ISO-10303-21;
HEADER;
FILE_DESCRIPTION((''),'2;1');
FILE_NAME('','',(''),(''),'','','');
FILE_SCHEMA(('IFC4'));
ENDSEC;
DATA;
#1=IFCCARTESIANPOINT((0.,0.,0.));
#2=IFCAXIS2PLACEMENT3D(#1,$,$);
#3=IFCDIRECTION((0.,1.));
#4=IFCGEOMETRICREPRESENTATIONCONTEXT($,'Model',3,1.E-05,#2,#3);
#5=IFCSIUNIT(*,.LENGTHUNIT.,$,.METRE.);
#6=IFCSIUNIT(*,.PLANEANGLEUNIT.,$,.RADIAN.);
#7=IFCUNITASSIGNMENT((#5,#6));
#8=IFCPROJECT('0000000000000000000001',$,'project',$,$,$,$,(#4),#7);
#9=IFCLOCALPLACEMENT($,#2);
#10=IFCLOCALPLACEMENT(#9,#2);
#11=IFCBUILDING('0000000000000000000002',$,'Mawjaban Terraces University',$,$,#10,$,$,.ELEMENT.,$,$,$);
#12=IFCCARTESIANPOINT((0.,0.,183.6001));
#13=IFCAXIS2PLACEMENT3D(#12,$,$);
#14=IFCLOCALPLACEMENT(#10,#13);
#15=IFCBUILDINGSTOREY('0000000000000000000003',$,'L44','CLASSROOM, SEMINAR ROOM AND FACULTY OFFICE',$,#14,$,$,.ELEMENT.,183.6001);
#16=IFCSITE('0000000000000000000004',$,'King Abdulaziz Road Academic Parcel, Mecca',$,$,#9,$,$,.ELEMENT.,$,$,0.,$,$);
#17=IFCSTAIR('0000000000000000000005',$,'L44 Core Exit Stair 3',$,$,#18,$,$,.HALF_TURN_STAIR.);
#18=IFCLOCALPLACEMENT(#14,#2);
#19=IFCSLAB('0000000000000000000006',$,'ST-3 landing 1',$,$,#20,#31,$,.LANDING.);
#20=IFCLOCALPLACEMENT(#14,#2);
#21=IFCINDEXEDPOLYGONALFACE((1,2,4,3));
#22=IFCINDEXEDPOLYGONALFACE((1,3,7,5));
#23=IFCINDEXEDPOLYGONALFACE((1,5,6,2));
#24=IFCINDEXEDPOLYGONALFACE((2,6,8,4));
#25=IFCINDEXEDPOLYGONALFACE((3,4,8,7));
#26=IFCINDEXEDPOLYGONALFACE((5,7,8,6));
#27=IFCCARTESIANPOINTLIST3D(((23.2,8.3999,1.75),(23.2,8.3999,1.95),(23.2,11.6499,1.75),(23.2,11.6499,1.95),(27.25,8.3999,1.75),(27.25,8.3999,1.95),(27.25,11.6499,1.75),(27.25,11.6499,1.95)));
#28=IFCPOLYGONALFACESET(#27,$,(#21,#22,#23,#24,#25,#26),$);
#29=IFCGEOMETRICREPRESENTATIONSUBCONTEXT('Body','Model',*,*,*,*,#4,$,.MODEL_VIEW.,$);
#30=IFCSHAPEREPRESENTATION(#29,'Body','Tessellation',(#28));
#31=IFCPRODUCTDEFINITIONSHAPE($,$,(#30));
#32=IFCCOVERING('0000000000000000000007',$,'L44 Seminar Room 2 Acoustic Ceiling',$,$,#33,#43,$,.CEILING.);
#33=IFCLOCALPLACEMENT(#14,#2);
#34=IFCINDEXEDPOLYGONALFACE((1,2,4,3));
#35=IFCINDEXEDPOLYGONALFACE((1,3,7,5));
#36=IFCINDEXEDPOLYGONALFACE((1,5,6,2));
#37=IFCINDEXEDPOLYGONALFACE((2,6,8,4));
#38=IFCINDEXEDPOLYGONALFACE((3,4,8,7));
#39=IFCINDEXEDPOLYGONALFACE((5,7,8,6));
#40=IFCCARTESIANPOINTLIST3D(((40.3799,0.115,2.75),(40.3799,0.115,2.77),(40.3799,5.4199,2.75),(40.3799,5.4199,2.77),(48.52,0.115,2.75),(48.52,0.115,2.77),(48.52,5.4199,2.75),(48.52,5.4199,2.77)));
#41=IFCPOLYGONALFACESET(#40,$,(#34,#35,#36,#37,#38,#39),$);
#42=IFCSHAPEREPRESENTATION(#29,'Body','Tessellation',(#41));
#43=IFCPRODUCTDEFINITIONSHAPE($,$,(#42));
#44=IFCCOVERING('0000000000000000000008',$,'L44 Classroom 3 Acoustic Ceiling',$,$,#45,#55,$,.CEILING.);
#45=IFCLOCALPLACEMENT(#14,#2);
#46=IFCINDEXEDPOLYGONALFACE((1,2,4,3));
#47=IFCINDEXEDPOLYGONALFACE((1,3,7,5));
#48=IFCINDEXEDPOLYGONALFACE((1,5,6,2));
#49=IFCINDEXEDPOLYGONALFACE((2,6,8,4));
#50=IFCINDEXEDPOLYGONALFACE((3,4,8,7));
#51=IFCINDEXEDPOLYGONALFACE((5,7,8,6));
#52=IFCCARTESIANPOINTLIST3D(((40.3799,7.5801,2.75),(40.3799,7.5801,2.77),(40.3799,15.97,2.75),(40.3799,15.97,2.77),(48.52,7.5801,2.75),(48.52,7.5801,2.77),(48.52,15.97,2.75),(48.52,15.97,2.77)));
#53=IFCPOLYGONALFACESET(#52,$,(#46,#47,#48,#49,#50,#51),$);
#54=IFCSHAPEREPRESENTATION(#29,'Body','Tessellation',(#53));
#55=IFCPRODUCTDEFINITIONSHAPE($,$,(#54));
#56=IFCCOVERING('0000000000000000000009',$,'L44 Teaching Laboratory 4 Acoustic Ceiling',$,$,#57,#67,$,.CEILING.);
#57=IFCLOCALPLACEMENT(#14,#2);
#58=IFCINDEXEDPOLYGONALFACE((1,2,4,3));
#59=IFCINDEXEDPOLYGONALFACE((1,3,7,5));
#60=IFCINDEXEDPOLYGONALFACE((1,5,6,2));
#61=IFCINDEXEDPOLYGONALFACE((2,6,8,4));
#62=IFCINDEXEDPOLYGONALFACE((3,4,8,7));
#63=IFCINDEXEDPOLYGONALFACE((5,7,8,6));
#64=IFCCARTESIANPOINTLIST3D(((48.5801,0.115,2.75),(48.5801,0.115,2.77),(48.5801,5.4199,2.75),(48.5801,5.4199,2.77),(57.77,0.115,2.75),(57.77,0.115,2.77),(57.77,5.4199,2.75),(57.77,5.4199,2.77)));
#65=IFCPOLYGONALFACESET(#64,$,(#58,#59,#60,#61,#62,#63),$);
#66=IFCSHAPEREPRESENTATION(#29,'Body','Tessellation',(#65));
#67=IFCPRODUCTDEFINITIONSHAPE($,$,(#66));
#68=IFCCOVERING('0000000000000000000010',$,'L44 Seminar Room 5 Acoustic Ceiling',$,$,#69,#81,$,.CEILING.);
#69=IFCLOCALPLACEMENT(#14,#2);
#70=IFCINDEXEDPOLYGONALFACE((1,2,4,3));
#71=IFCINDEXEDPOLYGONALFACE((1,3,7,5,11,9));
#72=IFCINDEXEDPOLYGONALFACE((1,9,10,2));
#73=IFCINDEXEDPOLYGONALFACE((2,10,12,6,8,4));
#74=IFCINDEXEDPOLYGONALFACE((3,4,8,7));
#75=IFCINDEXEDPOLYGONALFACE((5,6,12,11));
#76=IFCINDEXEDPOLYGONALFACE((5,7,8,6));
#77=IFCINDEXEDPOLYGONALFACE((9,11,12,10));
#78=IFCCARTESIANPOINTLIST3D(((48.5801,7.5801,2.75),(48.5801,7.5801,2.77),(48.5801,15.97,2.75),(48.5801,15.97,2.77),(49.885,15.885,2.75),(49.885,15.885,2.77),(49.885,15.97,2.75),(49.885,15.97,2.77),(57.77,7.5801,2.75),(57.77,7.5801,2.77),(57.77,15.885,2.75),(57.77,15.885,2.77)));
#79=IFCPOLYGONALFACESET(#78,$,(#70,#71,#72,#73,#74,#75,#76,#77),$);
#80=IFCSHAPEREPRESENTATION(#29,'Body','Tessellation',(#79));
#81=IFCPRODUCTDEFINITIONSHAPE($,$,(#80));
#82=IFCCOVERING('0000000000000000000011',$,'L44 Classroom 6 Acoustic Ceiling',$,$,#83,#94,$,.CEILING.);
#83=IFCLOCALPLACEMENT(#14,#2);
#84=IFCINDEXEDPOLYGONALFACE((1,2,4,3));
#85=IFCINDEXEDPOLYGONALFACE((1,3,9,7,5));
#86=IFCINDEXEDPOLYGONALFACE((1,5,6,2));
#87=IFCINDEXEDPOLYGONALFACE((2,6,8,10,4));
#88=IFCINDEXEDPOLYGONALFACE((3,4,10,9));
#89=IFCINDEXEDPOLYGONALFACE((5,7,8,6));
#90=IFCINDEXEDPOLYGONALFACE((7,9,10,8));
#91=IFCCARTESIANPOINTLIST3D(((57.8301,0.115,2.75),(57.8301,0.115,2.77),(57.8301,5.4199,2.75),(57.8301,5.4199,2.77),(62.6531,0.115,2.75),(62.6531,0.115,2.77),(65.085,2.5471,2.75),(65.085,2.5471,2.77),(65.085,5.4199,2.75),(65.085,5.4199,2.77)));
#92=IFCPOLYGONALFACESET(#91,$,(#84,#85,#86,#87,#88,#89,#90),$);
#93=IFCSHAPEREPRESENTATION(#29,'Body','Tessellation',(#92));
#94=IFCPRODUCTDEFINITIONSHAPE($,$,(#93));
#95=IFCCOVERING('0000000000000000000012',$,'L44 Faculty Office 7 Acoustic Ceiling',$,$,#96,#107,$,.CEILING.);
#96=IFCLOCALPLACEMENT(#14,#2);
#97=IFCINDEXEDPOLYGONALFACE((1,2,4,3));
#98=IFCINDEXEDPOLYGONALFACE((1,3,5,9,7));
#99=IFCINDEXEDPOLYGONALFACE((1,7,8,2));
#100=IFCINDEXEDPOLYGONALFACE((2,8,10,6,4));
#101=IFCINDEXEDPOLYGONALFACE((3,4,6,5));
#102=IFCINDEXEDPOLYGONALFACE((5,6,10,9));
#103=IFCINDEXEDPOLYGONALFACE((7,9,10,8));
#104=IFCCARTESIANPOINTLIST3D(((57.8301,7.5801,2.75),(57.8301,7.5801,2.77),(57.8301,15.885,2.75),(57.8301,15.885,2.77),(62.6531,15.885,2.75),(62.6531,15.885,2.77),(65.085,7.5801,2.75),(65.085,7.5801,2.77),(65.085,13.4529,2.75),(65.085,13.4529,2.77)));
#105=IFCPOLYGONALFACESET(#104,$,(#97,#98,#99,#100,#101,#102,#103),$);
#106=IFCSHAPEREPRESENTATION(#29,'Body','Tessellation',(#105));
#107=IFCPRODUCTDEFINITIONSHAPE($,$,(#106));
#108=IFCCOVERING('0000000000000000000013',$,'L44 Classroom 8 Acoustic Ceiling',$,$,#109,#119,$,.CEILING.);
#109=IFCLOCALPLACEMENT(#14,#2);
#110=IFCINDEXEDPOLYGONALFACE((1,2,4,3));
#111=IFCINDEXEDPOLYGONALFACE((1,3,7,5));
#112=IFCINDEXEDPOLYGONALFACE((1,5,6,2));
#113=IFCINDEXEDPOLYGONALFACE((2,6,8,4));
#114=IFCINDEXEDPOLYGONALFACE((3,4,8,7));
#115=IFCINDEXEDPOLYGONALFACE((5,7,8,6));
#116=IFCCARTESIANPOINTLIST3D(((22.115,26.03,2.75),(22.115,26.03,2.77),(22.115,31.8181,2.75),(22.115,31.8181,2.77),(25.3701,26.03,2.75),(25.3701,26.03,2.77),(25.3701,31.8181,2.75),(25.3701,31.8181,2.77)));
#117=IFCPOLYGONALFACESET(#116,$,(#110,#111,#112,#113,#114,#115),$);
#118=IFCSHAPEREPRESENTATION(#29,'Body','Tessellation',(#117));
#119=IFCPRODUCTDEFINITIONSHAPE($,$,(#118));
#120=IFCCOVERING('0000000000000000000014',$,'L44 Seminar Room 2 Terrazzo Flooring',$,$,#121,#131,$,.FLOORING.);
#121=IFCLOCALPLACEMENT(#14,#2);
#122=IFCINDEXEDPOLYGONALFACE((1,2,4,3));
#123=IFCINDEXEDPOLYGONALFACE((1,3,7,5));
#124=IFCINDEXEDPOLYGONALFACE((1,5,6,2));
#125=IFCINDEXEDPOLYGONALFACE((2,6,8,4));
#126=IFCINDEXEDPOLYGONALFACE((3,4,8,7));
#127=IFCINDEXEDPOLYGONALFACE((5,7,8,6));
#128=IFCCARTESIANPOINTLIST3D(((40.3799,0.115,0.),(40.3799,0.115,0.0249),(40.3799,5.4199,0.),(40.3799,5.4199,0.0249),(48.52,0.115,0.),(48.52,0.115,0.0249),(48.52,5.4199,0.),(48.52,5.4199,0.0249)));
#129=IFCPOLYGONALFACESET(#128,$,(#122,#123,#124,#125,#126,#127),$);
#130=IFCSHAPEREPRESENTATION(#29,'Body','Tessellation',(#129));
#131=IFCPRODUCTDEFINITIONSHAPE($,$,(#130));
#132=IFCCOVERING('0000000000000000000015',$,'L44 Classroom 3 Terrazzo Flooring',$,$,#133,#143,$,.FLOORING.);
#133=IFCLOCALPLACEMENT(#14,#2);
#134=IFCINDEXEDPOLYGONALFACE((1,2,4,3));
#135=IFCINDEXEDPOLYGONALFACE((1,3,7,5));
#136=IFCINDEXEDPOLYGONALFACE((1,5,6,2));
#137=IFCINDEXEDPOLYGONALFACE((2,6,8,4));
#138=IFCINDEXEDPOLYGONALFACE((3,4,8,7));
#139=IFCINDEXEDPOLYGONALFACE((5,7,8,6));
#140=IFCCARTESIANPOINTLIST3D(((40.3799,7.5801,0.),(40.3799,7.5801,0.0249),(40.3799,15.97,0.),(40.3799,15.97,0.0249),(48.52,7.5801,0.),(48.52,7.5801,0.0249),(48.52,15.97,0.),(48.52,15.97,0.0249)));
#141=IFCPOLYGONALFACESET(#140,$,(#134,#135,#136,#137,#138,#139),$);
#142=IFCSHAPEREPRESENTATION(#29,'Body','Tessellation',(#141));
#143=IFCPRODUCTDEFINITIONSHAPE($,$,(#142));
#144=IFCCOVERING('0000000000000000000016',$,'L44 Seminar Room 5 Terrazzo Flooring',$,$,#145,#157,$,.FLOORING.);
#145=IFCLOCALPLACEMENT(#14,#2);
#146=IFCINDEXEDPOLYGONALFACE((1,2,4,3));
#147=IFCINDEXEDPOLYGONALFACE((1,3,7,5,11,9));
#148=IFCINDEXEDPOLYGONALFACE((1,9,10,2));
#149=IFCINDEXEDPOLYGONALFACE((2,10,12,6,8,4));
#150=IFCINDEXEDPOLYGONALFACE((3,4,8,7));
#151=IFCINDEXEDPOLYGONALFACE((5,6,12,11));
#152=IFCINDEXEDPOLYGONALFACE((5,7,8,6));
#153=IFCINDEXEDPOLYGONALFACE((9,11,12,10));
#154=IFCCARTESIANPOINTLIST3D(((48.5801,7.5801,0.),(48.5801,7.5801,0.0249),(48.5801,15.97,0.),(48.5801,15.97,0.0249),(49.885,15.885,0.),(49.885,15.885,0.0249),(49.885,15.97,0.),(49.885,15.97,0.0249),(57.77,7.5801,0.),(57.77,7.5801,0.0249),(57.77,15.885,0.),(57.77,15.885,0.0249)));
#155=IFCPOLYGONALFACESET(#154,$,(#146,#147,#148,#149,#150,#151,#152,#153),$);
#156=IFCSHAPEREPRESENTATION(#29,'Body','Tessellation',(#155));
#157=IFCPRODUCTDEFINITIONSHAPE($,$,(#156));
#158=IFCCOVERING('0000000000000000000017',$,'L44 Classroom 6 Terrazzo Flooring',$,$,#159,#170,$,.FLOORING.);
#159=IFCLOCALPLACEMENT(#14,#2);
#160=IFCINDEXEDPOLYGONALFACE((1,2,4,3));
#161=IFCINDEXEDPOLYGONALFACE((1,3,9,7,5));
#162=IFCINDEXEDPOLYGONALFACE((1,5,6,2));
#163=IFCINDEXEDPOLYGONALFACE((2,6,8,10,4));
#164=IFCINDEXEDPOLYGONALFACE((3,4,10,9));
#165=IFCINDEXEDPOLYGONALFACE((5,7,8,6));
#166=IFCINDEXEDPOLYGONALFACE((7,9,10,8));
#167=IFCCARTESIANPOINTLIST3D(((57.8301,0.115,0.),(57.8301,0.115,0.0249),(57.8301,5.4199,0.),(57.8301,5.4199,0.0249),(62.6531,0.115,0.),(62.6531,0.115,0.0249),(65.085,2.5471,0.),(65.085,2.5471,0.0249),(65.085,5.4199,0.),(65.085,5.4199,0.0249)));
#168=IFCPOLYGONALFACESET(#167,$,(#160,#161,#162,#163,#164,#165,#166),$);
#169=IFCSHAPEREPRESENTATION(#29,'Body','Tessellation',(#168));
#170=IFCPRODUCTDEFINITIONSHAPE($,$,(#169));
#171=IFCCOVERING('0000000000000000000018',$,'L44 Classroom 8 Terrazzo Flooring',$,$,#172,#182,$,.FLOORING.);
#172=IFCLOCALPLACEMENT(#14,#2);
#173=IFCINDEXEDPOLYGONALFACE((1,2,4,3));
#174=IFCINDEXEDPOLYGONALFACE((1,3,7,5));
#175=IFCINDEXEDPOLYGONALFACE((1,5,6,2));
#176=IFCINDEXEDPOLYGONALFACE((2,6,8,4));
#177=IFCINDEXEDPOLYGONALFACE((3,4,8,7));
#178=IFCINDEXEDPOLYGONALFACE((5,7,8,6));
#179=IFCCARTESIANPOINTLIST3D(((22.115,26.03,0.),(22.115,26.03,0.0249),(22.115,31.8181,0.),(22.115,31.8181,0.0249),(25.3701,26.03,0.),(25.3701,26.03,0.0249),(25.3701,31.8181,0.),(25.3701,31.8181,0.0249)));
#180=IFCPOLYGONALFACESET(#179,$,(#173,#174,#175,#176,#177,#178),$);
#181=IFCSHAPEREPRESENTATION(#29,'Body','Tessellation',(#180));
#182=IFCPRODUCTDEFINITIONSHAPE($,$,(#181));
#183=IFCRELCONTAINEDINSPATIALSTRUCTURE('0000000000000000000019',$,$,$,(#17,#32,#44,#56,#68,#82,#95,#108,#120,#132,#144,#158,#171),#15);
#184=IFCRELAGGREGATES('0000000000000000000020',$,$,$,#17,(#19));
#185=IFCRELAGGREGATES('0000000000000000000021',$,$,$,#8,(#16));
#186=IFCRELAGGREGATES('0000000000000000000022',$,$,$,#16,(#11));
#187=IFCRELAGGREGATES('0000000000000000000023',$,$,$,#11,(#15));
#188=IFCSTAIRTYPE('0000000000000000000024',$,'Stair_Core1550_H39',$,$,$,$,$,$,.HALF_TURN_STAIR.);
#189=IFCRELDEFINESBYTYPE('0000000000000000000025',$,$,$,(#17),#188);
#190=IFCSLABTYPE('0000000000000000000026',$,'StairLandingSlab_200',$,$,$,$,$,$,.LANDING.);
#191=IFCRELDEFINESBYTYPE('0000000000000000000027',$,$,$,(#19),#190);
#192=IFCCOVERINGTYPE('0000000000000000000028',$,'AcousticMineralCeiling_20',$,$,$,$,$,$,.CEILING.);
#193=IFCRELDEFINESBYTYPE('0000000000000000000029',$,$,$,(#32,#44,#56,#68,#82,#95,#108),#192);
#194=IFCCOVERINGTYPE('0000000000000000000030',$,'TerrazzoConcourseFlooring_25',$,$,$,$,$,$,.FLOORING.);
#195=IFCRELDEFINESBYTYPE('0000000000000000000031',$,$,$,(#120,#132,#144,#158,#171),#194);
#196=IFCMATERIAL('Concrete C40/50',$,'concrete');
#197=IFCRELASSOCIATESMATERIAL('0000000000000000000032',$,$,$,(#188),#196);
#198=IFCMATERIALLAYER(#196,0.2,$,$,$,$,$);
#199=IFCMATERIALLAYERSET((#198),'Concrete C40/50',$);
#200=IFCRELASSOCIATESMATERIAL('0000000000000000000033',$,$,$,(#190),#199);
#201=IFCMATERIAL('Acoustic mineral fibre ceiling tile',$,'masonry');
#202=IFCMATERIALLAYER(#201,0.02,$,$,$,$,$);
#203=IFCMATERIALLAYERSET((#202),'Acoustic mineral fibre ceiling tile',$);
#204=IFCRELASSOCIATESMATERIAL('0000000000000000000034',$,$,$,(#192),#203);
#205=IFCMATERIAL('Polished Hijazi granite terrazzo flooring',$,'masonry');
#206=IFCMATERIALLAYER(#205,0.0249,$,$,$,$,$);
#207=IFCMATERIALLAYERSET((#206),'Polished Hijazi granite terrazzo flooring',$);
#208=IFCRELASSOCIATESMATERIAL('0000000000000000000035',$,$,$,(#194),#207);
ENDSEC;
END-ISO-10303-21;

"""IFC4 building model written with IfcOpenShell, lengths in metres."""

from ifc_helpers import new_model, si_unit, direction, frame, origin, place, context, subcontext, project, spatial, polyline, outline, extrude, material, layer, layer_set, type_object, element, aggregate, save


model = new_model("IFC4")

# Units and contexts
model_context = context("Model", 3, precision=1e-05, world=origin(), true_north=direction((0.0, 1.0)))
body_context = subcontext(model_context, "Body", "Model", "MODEL_VIEW")
ifc_project = project(units=[si_unit("LENGTHUNIT", "METRE"), si_unit("PLANEANGLEUNIT", "RADIAN")], contexts=[model_context])

# Site, building, storey
site_placement = place(None, origin())
site = spatial("IfcSite", under=ifc_project, at=site_placement, Name="King Abdulaziz Road Academic Parcel, Mecca", CompositionType="ELEMENT", RefElevation=0.0)
building_placement = place(site_placement, origin())
building = spatial("IfcBuilding", under=site, at=building_placement, Name="Mawjaban Terraces University", CompositionType="ELEMENT")
storey_placement = place(building_placement, frame((0.0, 0.0, 183.6001)))
storey = spatial("IfcBuildingStorey", under=building, at=storey_placement, Name="L44", Description="CLASSROOM, SEMINAR ROOM AND FACULTY OFFICE", CompositionType="ELEMENT", Elevation=183.6001)

# Shared definitions
ifc_material_1 = material(Name="Concrete C40/50", Category="concrete")

# Stair, slab
stair_type = type_object("IfcStairType", Name="Stair_Core1550_H39", PredefinedType="HALF_TURN_STAIR", material=ifc_material_1)
ifc_layer_1 = layer(ifc_material_1, 0.2)
ifc_layer_set_1 = layer_set([ifc_layer_1], Name="Concrete C40/50")
slab_type_1 = type_object("IfcSlabType", Name="StairLandingSlab_200", PredefinedType="LANDING", material=ifc_layer_set_1)
stair_1_placement = place(storey_placement, origin())
stair_1 = element("IfcStair", 1, at=stair_1_placement, inside=storey, type_object=stair_type, Name="L44 Core Exit Stair 3", PredefinedType="HALF_TURN_STAIR")
slab_1_placement = place(storey_placement, frame((0.0, 0.0, 1.75)))
slab_1 = element("IfcSlab", 2, at=slab_1_placement, type_object=slab_type_1, Name="ST-3 landing 1", PredefinedType="LANDING", context=body_context, shape_type="SweptSolid", body=[
    extrude(outline(polyline([(27.25, 11.6499), (23.2, 11.6499), (23.2, 8.3999), (27.25, 8.3999), (27.25, 11.6499)])), origin(), (0.0, 0.0, 1.0), 0.2),
])
aggregate(stair_1, [slab_1])

# Coverings
ifc_material_2 = material(Name="Acoustic mineral fibre ceiling tile", Category="masonry")
ifc_layer_2 = layer(ifc_material_2, 0.02)
ifc_layer_set_2 = layer_set([ifc_layer_2], Name="Acoustic mineral fibre ceiling tile")
covering_type_1 = type_object("IfcCoveringType", Name="AcousticMineralCeiling_20", PredefinedType="CEILING", material=ifc_layer_set_2)
covering_1_placement = place(storey_placement, frame((0.0, 0.0, 2.75)))
element("IfcCovering", 3, at=covering_1_placement, inside=storey, type_object=covering_type_1, Name="L44 Seminar Room 2 Acoustic Ceiling", PredefinedType="CEILING", context=body_context, shape_type="SweptSolid", body=[
    extrude(outline(polyline([(40.3799, 0.115), (48.52, 0.115), (48.52, 5.4199), (40.3799, 5.4199), (40.3799, 0.115)])), origin(), (0.0, 0.0, 1.0), 0.02),
])
covering_2_placement = place(storey_placement, frame((0.0, 0.0, 2.75)))
element("IfcCovering", 4, at=covering_2_placement, inside=storey, type_object=covering_type_1, Name="L44 Classroom 3 Acoustic Ceiling", PredefinedType="CEILING", context=body_context, shape_type="SweptSolid", body=[
    extrude(outline(polyline([(48.52, 7.5801), (48.52, 15.97), (40.3799, 15.97), (40.3799, 7.5801), (48.52, 7.5801)])), origin(), (0.0, 0.0, 1.0), 0.02),
])
covering_3_placement = place(storey_placement, frame((0.0, 0.0, 2.75)))
element("IfcCovering", 5, at=covering_3_placement, inside=storey, type_object=covering_type_1, Name="L44 Teaching Laboratory 4 Acoustic Ceiling", PredefinedType="CEILING", context=body_context, shape_type="SweptSolid", body=[
    extrude(outline(polyline([(48.5801, 0.115), (57.77, 0.115), (57.77, 5.4199), (48.5801, 5.4199), (48.5801, 0.115)])), origin(), (0.0, 0.0, 1.0), 0.02),
])
covering_4_placement = place(storey_placement, frame((0.0, 0.0, 2.75)))
element("IfcCovering", 6, at=covering_4_placement, inside=storey, type_object=covering_type_1, Name="L44 Seminar Room 5 Acoustic Ceiling", PredefinedType="CEILING", context=body_context, shape_type="SweptSolid", body=[
    extrude(outline(polyline([(57.77, 15.885), (49.885, 15.885), (49.885, 15.97), (48.5801, 15.97), (48.5801, 7.5801), (57.77, 7.5801), (57.77, 15.885)])), origin(), (0.0, 0.0, 1.0), 0.02),
])
covering_5_placement = place(storey_placement, frame((0.0, 0.0, 2.75)))
element("IfcCovering", 7, at=covering_5_placement, inside=storey, type_object=covering_type_1, Name="L44 Classroom 6 Acoustic Ceiling", PredefinedType="CEILING", context=body_context, shape_type="SweptSolid", body=[
    extrude(outline(polyline([(57.8301, 0.115), (62.6531, 0.115), (65.085, 2.5471), (65.085, 5.4199), (57.8301, 5.4199), (57.8301, 0.115)])), origin(), (0.0, 0.0, 1.0), 0.02),
])
covering_6_placement = place(storey_placement, frame((0.0, 0.0, 2.75)))
element("IfcCovering", 8, at=covering_6_placement, inside=storey, type_object=covering_type_1, Name="L44 Faculty Office 7 Acoustic Ceiling", PredefinedType="CEILING", context=body_context, shape_type="SweptSolid", body=[
    extrude(outline(polyline([(65.085, 7.5801), (65.085, 13.4529), (62.6531, 15.885), (57.8301, 15.885), (57.8301, 7.5801), (65.085, 7.5801)])), origin(), (0.0, 0.0, 1.0), 0.02),
])
covering_7_placement = place(storey_placement, frame((0.0, 0.0, 2.75)))
element("IfcCovering", 9, at=covering_7_placement, inside=storey, type_object=covering_type_1, Name="L44 Classroom 8 Acoustic Ceiling", PredefinedType="CEILING", context=body_context, shape_type="SweptSolid", body=[
    extrude(outline(polyline([(22.115, 31.8181), (22.115, 26.03), (25.3701, 26.03), (25.3701, 31.8181), (22.115, 31.8181)])), origin(), (0.0, 0.0, 1.0), 0.02),
])
ifc_material_3 = material(Name="Polished Hijazi granite terrazzo flooring", Category="masonry")
ifc_layer_3 = layer(ifc_material_3, 0.0249)
ifc_layer_set_3 = layer_set([ifc_layer_3], Name="Polished Hijazi granite terrazzo flooring")
covering_type_2 = type_object("IfcCoveringType", Name="TerrazzoConcourseFlooring_25", PredefinedType="FLOORING", material=ifc_layer_set_3)
covering_8_placement = place(storey_placement, origin())
element("IfcCovering", 10, at=covering_8_placement, inside=storey, type_object=covering_type_2, Name="L44 Seminar Room 2 Terrazzo Flooring", PredefinedType="FLOORING", context=body_context, shape_type="SweptSolid", body=[
    extrude(outline(polyline([(40.3799, 0.115), (48.52, 0.115), (48.52, 5.4199), (40.3799, 5.4199), (40.3799, 0.115)])), origin(), (0.0, 0.0, 1.0), 0.0249),
])
covering_9_placement = place(storey_placement, origin())
element("IfcCovering", 11, at=covering_9_placement, inside=storey, type_object=covering_type_2, Name="L44 Classroom 3 Terrazzo Flooring", PredefinedType="FLOORING", context=body_context, shape_type="SweptSolid", body=[
    extrude(outline(polyline([(48.52, 7.5801), (48.52, 15.97), (40.3799, 15.97), (40.3799, 7.5801), (48.52, 7.5801)])), origin(), (0.0, 0.0, 1.0), 0.0249),
])
covering_10_placement = place(storey_placement, origin())
element("IfcCovering", 12, at=covering_10_placement, inside=storey, type_object=covering_type_2, Name="L44 Seminar Room 5 Terrazzo Flooring", PredefinedType="FLOORING", context=body_context, shape_type="SweptSolid", body=[
    extrude(outline(polyline([(57.77, 15.885), (49.885, 15.885), (49.885, 15.97), (48.5801, 15.97), (48.5801, 7.5801), (57.77, 7.5801), (57.77, 15.885)])), origin(), (0.0, 0.0, 1.0), 0.0249),
])
covering_11_placement = place(storey_placement, origin())
element("IfcCovering", 13, at=covering_11_placement, inside=storey, type_object=covering_type_2, Name="L44 Classroom 6 Terrazzo Flooring", PredefinedType="FLOORING", context=body_context, shape_type="SweptSolid", body=[
    extrude(outline(polyline([(57.8301, 0.115), (62.6531, 0.115), (65.085, 2.5471), (65.085, 5.4199), (57.8301, 5.4199), (57.8301, 0.115)])), origin(), (0.0, 0.0, 1.0), 0.0249),
])
covering_12_placement = place(storey_placement, origin())
element("IfcCovering", 14, at=covering_12_placement, inside=storey, type_object=covering_type_2, Name="L44 Classroom 8 Terrazzo Flooring", PredefinedType="FLOORING", context=body_context, shape_type="SweptSolid", body=[
    extrude(outline(polyline([(22.115, 31.8181), (22.115, 26.03), (25.3701, 26.03), (25.3701, 31.8181), (22.115, 31.8181)])), origin(), (0.0, 0.0, 1.0), 0.0249),
])

save(model, "model.ifc")
